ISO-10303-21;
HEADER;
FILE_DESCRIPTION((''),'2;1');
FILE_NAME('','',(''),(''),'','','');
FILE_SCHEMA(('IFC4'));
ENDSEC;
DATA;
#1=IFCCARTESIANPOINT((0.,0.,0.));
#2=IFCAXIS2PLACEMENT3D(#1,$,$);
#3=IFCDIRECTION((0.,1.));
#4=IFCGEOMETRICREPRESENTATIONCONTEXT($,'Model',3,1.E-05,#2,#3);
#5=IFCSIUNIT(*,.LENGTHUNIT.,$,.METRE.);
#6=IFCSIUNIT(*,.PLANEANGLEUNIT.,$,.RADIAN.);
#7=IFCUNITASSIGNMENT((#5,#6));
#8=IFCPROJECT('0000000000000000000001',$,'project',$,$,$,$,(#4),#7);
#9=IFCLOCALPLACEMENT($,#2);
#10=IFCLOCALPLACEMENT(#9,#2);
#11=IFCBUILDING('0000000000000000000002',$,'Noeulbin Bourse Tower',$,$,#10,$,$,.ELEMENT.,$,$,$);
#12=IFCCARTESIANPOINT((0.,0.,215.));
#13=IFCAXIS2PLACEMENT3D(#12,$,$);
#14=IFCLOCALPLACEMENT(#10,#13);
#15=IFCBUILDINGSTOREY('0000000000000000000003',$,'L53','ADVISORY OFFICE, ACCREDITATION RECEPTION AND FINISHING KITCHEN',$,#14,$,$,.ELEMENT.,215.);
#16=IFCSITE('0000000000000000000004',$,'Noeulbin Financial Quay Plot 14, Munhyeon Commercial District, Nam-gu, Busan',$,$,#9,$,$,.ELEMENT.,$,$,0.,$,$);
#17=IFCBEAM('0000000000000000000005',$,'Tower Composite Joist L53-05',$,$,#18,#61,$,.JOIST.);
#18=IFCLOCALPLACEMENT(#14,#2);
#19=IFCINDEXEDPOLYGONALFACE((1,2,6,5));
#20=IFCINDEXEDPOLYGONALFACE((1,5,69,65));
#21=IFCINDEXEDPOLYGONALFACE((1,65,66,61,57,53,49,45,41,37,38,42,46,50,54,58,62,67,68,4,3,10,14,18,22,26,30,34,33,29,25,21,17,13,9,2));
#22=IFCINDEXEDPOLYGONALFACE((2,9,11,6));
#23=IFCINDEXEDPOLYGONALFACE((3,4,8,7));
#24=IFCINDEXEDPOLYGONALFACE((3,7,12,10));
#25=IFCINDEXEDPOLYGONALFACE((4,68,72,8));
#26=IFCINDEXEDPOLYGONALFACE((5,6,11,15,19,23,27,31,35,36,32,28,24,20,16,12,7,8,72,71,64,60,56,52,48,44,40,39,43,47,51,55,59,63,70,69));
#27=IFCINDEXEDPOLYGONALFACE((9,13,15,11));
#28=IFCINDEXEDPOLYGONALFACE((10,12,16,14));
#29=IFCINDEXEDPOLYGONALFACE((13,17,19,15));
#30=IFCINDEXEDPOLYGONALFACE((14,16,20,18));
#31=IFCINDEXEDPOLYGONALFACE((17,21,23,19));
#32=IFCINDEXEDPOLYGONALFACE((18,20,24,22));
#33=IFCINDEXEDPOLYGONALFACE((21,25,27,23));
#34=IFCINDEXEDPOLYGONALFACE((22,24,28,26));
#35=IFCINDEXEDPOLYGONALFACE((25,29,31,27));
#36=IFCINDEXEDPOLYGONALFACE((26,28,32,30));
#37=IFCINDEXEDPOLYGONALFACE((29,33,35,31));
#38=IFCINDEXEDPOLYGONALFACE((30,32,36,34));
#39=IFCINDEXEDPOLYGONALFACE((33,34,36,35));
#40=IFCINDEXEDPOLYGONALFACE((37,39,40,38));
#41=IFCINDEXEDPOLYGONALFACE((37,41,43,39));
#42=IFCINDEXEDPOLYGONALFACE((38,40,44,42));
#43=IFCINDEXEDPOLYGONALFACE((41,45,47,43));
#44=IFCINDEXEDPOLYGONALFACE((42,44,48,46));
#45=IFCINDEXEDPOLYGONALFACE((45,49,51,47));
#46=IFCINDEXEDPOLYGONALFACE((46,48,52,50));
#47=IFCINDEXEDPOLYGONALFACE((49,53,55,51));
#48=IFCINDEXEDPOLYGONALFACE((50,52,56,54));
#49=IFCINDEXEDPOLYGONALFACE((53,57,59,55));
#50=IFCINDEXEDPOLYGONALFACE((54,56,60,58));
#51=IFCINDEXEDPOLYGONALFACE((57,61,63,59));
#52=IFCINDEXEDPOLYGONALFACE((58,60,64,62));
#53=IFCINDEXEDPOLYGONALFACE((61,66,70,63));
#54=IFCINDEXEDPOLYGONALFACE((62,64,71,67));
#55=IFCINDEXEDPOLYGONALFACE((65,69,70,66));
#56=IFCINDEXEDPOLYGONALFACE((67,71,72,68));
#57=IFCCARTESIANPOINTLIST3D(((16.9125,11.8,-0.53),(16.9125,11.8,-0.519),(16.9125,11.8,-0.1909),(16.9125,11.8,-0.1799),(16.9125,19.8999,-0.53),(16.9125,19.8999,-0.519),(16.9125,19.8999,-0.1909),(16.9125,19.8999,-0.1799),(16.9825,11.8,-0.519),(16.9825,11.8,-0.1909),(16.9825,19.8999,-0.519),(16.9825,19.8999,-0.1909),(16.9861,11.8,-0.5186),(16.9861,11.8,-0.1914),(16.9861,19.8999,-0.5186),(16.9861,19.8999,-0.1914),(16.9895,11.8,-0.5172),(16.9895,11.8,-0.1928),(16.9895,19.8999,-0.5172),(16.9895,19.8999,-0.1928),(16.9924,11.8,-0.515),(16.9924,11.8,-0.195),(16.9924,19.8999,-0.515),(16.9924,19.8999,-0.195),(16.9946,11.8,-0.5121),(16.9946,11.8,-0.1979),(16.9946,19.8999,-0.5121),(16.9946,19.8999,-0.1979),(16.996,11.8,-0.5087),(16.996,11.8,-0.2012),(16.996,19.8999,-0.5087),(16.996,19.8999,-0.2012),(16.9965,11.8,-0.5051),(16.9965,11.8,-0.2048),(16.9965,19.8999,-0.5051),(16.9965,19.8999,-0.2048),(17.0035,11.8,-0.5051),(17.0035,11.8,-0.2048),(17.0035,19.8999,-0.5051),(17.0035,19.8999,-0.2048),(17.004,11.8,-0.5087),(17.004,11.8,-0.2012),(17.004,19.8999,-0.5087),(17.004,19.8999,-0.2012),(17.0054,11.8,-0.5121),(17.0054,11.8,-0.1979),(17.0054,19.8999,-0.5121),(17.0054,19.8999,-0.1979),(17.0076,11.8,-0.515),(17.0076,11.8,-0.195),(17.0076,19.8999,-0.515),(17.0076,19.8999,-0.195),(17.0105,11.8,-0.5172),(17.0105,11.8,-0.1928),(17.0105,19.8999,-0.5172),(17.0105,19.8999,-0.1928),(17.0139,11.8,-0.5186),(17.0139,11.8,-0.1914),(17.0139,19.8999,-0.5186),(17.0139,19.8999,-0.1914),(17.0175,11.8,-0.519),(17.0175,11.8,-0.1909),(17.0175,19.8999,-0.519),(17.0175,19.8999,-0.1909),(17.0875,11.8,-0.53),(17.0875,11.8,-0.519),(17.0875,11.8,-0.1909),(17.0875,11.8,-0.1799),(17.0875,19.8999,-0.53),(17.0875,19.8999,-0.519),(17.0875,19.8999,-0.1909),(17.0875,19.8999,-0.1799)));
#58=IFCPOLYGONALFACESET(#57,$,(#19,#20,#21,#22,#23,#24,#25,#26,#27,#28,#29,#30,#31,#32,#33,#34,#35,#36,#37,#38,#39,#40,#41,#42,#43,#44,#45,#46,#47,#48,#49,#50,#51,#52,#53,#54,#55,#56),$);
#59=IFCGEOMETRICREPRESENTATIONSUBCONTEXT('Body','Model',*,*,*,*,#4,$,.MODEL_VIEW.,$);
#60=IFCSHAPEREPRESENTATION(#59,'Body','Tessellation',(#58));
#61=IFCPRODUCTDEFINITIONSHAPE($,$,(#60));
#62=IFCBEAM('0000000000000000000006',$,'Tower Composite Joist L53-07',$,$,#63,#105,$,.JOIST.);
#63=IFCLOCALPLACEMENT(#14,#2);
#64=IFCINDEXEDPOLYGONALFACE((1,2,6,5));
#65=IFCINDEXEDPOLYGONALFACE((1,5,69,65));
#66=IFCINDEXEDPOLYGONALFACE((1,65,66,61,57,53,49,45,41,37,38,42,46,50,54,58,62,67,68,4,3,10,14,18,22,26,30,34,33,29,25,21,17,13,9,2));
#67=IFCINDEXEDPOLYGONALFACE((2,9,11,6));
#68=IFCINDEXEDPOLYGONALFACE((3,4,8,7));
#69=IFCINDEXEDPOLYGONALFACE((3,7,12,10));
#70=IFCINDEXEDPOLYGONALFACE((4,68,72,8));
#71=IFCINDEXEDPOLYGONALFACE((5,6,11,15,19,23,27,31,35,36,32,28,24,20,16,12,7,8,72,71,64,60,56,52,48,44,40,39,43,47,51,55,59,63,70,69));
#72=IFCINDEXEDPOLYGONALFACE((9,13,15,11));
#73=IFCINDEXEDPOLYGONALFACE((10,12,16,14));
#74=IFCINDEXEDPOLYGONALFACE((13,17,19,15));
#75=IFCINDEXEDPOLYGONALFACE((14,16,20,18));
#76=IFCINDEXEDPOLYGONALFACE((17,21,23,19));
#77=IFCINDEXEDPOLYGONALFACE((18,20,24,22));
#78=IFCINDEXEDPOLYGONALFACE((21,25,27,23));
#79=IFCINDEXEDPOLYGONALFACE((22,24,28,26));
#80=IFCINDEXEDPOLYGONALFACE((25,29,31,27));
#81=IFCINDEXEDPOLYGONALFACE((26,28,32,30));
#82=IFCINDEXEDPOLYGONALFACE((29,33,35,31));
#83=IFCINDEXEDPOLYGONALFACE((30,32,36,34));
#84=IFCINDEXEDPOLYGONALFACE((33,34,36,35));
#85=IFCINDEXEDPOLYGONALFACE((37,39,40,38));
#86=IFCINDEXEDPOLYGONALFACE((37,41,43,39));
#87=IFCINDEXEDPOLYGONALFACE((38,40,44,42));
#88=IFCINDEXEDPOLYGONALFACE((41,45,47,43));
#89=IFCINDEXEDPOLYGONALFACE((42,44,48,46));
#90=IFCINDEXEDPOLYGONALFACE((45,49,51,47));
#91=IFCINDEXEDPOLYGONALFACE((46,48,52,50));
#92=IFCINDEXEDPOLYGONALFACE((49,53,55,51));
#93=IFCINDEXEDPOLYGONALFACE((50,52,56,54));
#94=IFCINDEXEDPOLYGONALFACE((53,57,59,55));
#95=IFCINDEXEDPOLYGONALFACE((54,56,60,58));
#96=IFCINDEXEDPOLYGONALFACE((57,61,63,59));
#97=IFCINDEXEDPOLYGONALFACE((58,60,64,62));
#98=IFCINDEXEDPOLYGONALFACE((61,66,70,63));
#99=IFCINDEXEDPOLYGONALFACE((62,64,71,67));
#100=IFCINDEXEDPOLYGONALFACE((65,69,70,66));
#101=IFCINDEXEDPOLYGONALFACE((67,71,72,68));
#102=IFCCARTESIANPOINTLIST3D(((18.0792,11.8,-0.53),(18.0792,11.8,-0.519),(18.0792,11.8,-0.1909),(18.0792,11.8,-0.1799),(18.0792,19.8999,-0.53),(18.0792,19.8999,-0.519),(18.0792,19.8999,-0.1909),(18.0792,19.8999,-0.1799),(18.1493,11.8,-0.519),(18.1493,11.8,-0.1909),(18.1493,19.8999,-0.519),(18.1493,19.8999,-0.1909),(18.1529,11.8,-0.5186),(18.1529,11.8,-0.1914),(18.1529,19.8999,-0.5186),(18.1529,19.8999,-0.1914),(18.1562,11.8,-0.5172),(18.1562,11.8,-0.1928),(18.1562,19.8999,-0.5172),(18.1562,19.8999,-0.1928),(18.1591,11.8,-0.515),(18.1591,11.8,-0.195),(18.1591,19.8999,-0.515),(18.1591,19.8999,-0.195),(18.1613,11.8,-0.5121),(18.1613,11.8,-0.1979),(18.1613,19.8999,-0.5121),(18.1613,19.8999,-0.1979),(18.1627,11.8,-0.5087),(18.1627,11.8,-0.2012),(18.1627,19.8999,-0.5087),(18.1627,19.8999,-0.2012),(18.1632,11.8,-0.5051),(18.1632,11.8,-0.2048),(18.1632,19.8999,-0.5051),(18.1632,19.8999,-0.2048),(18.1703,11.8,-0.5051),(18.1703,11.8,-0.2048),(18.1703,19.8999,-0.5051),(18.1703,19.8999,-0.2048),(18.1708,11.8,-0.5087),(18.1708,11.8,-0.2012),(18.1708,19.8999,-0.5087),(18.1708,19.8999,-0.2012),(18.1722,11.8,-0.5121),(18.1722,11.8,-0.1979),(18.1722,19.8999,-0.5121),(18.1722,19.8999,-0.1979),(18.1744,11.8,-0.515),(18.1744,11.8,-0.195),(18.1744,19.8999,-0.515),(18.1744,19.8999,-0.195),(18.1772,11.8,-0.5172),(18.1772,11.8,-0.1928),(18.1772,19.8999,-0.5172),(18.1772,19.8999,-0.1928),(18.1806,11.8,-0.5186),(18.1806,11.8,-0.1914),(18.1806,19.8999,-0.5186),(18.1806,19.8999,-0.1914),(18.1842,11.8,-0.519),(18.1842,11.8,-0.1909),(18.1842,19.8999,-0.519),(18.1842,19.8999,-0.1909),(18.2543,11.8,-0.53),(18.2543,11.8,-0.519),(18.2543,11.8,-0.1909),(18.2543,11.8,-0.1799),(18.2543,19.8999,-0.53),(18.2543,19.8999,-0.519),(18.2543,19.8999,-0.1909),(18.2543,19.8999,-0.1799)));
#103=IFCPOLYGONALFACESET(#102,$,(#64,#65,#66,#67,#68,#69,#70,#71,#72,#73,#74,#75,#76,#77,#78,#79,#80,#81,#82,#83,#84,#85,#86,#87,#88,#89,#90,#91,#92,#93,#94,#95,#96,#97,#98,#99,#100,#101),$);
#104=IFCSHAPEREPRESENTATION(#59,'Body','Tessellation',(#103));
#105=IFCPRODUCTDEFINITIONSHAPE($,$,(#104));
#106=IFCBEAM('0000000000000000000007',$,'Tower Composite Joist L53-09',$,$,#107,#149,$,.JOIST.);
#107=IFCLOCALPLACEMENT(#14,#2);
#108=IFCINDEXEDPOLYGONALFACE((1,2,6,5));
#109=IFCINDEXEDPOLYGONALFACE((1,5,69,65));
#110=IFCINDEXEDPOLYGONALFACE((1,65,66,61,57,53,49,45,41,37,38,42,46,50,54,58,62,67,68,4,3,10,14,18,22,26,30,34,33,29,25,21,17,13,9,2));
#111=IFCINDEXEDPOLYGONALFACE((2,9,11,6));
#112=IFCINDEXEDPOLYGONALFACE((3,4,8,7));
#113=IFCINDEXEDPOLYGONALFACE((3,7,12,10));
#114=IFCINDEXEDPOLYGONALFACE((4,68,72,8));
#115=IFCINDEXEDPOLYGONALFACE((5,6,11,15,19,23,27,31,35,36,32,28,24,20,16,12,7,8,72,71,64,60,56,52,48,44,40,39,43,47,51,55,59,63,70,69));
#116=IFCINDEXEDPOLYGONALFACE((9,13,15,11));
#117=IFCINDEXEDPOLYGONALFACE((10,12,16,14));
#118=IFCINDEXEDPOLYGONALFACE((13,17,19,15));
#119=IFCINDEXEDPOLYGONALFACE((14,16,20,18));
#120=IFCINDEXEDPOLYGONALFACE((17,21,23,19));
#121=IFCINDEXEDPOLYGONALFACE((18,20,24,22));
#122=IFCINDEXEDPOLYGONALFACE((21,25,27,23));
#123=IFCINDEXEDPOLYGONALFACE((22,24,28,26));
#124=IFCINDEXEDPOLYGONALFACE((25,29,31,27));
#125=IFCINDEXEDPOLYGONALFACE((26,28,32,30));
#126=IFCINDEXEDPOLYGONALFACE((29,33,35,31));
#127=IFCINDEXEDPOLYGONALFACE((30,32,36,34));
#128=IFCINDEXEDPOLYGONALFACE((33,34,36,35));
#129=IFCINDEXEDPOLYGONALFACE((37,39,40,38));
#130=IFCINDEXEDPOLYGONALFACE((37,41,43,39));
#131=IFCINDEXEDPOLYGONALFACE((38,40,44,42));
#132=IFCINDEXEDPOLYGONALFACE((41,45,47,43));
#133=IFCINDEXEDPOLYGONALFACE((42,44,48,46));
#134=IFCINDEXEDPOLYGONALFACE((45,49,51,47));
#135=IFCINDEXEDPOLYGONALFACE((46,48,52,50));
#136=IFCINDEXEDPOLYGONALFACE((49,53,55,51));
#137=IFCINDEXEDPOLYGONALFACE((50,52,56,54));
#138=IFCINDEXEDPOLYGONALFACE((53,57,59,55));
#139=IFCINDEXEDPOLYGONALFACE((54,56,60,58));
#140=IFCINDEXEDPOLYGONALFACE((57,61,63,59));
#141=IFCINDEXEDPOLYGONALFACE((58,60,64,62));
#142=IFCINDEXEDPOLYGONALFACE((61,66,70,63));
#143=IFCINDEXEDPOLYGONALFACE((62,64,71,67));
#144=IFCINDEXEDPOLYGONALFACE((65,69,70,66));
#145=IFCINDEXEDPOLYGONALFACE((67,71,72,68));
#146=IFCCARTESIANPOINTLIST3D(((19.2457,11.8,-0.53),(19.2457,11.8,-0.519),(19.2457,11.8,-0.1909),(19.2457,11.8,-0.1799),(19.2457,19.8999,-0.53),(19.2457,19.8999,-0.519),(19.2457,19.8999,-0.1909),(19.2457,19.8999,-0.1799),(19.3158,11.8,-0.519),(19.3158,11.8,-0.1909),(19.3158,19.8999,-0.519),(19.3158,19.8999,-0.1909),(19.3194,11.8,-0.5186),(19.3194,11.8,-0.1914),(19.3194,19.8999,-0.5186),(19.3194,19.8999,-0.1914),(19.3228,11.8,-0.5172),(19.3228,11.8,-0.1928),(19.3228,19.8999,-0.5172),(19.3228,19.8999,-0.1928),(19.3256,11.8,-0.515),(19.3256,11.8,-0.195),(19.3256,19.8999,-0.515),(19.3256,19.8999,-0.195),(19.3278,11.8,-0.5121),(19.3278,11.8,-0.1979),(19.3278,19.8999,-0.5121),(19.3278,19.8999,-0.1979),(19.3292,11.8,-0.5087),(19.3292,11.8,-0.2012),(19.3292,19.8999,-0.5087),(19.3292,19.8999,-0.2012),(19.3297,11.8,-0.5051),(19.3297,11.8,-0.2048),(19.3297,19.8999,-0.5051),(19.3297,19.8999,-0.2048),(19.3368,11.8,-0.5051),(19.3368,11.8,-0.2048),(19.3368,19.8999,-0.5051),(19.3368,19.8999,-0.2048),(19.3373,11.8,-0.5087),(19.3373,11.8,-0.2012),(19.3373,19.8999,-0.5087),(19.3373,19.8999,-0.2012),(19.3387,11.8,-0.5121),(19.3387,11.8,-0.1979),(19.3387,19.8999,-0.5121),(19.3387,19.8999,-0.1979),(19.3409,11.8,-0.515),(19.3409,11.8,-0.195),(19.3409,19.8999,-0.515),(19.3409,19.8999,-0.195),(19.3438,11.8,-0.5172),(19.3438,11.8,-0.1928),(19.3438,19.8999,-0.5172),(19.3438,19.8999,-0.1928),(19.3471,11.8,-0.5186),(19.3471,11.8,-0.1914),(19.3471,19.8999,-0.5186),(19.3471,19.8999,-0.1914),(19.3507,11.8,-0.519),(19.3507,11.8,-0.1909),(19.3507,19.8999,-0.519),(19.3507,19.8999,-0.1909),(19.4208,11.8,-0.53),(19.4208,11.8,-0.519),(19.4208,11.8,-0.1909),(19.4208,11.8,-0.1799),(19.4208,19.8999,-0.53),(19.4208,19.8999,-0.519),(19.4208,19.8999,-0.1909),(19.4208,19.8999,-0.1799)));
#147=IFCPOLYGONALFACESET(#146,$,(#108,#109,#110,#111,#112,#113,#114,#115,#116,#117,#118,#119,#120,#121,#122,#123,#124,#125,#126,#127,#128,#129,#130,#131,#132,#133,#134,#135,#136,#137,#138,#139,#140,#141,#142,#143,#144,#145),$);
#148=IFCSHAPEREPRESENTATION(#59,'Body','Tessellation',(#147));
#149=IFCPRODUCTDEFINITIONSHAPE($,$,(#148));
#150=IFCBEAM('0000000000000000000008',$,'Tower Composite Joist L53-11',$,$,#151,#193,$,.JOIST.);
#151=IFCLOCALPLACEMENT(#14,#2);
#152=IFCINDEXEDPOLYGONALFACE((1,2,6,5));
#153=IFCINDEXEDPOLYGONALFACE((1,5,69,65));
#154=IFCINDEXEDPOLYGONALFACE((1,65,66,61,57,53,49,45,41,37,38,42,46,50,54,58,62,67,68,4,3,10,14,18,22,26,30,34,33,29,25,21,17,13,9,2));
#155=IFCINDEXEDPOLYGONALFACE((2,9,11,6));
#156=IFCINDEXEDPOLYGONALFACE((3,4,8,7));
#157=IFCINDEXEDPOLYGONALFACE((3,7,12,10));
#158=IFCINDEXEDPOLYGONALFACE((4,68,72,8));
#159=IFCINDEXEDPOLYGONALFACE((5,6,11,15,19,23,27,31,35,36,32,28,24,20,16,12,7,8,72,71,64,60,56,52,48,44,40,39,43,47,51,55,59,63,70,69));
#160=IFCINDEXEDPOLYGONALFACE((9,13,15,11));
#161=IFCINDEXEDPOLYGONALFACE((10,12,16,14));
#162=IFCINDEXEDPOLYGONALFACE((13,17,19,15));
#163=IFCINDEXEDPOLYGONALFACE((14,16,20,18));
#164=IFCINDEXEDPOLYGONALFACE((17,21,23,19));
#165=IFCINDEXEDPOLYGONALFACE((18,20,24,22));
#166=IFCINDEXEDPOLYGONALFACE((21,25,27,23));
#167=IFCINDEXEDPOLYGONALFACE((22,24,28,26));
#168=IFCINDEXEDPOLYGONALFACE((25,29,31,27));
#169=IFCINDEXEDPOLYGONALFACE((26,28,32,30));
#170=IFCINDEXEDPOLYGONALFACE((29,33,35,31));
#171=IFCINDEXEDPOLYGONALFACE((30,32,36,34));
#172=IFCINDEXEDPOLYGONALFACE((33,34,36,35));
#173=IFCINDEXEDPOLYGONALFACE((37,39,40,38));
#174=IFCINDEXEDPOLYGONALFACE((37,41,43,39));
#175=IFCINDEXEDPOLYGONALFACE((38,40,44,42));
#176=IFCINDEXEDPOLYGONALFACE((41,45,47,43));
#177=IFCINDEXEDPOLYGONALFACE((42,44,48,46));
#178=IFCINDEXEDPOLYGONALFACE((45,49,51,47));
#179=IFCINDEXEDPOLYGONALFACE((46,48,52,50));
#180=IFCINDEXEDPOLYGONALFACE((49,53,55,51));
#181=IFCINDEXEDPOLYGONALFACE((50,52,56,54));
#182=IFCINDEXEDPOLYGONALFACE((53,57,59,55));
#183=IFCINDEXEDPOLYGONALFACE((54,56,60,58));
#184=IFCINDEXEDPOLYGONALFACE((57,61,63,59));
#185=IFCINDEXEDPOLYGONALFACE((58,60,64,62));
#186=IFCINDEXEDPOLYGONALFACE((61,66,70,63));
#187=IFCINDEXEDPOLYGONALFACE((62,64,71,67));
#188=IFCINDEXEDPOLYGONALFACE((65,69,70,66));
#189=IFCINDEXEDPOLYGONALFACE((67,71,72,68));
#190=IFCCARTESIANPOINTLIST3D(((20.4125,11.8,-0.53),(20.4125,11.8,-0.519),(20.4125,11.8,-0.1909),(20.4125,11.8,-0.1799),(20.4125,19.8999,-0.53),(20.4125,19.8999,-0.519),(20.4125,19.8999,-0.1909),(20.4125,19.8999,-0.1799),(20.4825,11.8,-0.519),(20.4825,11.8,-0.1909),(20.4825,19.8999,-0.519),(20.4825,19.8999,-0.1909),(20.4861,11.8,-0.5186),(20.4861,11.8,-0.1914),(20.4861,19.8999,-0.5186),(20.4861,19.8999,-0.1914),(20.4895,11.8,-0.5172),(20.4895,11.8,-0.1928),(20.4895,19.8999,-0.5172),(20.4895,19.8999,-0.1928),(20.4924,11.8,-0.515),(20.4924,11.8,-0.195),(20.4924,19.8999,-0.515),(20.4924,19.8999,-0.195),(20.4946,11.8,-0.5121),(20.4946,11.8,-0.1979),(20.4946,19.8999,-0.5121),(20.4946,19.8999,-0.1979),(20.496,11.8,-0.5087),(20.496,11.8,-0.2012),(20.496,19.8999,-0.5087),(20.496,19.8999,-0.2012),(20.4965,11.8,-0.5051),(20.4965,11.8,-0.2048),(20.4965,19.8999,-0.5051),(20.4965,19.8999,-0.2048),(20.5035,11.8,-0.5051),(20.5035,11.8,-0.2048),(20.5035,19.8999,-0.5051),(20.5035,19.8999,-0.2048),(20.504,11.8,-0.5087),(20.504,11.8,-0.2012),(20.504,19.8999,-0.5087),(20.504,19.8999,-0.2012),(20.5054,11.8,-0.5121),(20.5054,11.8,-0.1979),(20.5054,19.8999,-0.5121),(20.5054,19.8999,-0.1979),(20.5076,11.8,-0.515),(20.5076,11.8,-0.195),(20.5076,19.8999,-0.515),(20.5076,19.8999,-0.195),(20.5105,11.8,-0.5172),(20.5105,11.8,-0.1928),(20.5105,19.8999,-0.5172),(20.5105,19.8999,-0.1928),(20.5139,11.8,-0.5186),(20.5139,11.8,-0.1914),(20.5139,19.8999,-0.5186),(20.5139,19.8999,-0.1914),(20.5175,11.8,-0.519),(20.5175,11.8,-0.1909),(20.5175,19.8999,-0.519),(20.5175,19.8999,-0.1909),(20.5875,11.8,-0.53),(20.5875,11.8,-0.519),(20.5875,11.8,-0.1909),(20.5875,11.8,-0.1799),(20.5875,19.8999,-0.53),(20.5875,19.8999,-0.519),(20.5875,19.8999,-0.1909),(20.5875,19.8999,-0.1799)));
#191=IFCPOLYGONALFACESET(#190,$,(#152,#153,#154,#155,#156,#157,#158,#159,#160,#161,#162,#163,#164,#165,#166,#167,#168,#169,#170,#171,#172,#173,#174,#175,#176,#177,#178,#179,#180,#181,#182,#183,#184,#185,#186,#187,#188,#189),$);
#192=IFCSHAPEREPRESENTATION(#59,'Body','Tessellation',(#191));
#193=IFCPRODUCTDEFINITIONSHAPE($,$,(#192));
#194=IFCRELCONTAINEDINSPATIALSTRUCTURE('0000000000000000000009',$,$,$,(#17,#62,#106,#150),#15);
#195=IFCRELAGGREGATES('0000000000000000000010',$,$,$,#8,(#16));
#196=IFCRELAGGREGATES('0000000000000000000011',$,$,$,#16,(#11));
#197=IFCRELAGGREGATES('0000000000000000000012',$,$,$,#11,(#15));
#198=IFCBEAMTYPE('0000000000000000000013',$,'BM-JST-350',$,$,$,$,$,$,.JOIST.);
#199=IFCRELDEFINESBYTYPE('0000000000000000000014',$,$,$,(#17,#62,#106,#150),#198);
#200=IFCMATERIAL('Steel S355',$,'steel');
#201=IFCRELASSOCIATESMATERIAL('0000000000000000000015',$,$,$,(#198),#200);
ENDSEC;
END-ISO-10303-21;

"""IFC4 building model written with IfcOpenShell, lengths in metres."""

from ifc_helpers import new_model, si_unit, direction, frame, origin, origin_2d, place, context, subcontext, project, spatial, i_section, extrude, material, material_profile, profile_set, type_object, element, save


model = new_model("IFC4")

# Units and contexts
model_context = context("Model", 3, precision=1e-05, world=origin(), true_north=direction((0.0, 1.0)))
body_context = subcontext(model_context, "Body", "Model", "MODEL_VIEW")
ifc_project = project(units=[si_unit("LENGTHUNIT", "METRE"), si_unit("PLANEANGLEUNIT", "RADIAN")], contexts=[model_context])

# Site, building, storey
site_placement = place(None, origin())
site = spatial("IfcSite", under=ifc_project, at=site_placement, Name="Noeulbin Financial Quay Plot 14, Munhyeon Commercial District, Nam-gu, Busan", CompositionType="ELEMENT", RefElevation=0.0)
building_placement = place(site_placement, origin())
building = spatial("IfcBuilding", under=site, at=building_placement, Name="Noeulbin Bourse Tower", CompositionType="ELEMENT")
storey_placement = place(building_placement, frame((0.0, 0.0, 215.0)))
storey = spatial("IfcBuildingStorey", under=building, at=storey_placement, Name="L53", Description="ADVISORY OFFICE, ACCREDITATION RECEPTION AND FINISHING KITCHEN", CompositionType="ELEMENT", Elevation=215.0)

# Shared definitions
ifc_material_1 = material(Name="Steel S355", Category="steel")

# Beams
ifc_material_profile_1 = material_profile(ifc_material_1, i_section(OverallWidth=0.175, OverallDepth=0.3501, WebThickness=0.0071, FlangeThickness=0.011, FilletRadius=0.0139, at=origin_2d()), Name="H-350x175x7x11", Category="LoadBearing")
ifc_profile_set_1 = profile_set([ifc_material_profile_1], Name="Steel S355")
beam_type_1 = type_object("IfcBeamType", Name="BM-JST-350", PredefinedType="JOIST", material=ifc_profile_set_1)
for number, where, z_axis, x_axis, name in (
    (1, (17.0, 11.8, -0.355), (0.0, 1.0, 0.0), (-1.0, 0.0, 0.0), "Tower Composite Joist L53-05"),
    (2, (18.1667, 11.8, -0.355), (0.0, 1.0, 0.0), (-1.0, 0.0, 0.0), "Tower Composite Joist L53-07"),
    (3, (19.3333, 11.8, -0.355), (0.0, 1.0, 0.0), (-1.0, 0.0, 0.0), "Tower Composite Joist L53-09"),
    (4, (20.5, 11.8, -0.355), (0.0, 1.0, 0.0), (-1.0, 0.0, 0.0), "Tower Composite Joist L53-11"),
):
    element("IfcBeam", number, at=place(storey_placement, frame(where, z_axis=z_axis, x_axis=x_axis)), inside=storey, type_object=beam_type_1, Name=name, PredefinedType="JOIST", context=body_context, shape_type="SweptSolid", body=[
        extrude(i_section(OverallWidth=0.175, OverallDepth=0.3501, WebThickness=0.0071, FlangeThickness=0.011, FilletRadius=0.0139, at=origin_2d()), origin(), (0.0, 0.0, 1.0), 8.0999),
    ])

save(model, "model.ifc")
